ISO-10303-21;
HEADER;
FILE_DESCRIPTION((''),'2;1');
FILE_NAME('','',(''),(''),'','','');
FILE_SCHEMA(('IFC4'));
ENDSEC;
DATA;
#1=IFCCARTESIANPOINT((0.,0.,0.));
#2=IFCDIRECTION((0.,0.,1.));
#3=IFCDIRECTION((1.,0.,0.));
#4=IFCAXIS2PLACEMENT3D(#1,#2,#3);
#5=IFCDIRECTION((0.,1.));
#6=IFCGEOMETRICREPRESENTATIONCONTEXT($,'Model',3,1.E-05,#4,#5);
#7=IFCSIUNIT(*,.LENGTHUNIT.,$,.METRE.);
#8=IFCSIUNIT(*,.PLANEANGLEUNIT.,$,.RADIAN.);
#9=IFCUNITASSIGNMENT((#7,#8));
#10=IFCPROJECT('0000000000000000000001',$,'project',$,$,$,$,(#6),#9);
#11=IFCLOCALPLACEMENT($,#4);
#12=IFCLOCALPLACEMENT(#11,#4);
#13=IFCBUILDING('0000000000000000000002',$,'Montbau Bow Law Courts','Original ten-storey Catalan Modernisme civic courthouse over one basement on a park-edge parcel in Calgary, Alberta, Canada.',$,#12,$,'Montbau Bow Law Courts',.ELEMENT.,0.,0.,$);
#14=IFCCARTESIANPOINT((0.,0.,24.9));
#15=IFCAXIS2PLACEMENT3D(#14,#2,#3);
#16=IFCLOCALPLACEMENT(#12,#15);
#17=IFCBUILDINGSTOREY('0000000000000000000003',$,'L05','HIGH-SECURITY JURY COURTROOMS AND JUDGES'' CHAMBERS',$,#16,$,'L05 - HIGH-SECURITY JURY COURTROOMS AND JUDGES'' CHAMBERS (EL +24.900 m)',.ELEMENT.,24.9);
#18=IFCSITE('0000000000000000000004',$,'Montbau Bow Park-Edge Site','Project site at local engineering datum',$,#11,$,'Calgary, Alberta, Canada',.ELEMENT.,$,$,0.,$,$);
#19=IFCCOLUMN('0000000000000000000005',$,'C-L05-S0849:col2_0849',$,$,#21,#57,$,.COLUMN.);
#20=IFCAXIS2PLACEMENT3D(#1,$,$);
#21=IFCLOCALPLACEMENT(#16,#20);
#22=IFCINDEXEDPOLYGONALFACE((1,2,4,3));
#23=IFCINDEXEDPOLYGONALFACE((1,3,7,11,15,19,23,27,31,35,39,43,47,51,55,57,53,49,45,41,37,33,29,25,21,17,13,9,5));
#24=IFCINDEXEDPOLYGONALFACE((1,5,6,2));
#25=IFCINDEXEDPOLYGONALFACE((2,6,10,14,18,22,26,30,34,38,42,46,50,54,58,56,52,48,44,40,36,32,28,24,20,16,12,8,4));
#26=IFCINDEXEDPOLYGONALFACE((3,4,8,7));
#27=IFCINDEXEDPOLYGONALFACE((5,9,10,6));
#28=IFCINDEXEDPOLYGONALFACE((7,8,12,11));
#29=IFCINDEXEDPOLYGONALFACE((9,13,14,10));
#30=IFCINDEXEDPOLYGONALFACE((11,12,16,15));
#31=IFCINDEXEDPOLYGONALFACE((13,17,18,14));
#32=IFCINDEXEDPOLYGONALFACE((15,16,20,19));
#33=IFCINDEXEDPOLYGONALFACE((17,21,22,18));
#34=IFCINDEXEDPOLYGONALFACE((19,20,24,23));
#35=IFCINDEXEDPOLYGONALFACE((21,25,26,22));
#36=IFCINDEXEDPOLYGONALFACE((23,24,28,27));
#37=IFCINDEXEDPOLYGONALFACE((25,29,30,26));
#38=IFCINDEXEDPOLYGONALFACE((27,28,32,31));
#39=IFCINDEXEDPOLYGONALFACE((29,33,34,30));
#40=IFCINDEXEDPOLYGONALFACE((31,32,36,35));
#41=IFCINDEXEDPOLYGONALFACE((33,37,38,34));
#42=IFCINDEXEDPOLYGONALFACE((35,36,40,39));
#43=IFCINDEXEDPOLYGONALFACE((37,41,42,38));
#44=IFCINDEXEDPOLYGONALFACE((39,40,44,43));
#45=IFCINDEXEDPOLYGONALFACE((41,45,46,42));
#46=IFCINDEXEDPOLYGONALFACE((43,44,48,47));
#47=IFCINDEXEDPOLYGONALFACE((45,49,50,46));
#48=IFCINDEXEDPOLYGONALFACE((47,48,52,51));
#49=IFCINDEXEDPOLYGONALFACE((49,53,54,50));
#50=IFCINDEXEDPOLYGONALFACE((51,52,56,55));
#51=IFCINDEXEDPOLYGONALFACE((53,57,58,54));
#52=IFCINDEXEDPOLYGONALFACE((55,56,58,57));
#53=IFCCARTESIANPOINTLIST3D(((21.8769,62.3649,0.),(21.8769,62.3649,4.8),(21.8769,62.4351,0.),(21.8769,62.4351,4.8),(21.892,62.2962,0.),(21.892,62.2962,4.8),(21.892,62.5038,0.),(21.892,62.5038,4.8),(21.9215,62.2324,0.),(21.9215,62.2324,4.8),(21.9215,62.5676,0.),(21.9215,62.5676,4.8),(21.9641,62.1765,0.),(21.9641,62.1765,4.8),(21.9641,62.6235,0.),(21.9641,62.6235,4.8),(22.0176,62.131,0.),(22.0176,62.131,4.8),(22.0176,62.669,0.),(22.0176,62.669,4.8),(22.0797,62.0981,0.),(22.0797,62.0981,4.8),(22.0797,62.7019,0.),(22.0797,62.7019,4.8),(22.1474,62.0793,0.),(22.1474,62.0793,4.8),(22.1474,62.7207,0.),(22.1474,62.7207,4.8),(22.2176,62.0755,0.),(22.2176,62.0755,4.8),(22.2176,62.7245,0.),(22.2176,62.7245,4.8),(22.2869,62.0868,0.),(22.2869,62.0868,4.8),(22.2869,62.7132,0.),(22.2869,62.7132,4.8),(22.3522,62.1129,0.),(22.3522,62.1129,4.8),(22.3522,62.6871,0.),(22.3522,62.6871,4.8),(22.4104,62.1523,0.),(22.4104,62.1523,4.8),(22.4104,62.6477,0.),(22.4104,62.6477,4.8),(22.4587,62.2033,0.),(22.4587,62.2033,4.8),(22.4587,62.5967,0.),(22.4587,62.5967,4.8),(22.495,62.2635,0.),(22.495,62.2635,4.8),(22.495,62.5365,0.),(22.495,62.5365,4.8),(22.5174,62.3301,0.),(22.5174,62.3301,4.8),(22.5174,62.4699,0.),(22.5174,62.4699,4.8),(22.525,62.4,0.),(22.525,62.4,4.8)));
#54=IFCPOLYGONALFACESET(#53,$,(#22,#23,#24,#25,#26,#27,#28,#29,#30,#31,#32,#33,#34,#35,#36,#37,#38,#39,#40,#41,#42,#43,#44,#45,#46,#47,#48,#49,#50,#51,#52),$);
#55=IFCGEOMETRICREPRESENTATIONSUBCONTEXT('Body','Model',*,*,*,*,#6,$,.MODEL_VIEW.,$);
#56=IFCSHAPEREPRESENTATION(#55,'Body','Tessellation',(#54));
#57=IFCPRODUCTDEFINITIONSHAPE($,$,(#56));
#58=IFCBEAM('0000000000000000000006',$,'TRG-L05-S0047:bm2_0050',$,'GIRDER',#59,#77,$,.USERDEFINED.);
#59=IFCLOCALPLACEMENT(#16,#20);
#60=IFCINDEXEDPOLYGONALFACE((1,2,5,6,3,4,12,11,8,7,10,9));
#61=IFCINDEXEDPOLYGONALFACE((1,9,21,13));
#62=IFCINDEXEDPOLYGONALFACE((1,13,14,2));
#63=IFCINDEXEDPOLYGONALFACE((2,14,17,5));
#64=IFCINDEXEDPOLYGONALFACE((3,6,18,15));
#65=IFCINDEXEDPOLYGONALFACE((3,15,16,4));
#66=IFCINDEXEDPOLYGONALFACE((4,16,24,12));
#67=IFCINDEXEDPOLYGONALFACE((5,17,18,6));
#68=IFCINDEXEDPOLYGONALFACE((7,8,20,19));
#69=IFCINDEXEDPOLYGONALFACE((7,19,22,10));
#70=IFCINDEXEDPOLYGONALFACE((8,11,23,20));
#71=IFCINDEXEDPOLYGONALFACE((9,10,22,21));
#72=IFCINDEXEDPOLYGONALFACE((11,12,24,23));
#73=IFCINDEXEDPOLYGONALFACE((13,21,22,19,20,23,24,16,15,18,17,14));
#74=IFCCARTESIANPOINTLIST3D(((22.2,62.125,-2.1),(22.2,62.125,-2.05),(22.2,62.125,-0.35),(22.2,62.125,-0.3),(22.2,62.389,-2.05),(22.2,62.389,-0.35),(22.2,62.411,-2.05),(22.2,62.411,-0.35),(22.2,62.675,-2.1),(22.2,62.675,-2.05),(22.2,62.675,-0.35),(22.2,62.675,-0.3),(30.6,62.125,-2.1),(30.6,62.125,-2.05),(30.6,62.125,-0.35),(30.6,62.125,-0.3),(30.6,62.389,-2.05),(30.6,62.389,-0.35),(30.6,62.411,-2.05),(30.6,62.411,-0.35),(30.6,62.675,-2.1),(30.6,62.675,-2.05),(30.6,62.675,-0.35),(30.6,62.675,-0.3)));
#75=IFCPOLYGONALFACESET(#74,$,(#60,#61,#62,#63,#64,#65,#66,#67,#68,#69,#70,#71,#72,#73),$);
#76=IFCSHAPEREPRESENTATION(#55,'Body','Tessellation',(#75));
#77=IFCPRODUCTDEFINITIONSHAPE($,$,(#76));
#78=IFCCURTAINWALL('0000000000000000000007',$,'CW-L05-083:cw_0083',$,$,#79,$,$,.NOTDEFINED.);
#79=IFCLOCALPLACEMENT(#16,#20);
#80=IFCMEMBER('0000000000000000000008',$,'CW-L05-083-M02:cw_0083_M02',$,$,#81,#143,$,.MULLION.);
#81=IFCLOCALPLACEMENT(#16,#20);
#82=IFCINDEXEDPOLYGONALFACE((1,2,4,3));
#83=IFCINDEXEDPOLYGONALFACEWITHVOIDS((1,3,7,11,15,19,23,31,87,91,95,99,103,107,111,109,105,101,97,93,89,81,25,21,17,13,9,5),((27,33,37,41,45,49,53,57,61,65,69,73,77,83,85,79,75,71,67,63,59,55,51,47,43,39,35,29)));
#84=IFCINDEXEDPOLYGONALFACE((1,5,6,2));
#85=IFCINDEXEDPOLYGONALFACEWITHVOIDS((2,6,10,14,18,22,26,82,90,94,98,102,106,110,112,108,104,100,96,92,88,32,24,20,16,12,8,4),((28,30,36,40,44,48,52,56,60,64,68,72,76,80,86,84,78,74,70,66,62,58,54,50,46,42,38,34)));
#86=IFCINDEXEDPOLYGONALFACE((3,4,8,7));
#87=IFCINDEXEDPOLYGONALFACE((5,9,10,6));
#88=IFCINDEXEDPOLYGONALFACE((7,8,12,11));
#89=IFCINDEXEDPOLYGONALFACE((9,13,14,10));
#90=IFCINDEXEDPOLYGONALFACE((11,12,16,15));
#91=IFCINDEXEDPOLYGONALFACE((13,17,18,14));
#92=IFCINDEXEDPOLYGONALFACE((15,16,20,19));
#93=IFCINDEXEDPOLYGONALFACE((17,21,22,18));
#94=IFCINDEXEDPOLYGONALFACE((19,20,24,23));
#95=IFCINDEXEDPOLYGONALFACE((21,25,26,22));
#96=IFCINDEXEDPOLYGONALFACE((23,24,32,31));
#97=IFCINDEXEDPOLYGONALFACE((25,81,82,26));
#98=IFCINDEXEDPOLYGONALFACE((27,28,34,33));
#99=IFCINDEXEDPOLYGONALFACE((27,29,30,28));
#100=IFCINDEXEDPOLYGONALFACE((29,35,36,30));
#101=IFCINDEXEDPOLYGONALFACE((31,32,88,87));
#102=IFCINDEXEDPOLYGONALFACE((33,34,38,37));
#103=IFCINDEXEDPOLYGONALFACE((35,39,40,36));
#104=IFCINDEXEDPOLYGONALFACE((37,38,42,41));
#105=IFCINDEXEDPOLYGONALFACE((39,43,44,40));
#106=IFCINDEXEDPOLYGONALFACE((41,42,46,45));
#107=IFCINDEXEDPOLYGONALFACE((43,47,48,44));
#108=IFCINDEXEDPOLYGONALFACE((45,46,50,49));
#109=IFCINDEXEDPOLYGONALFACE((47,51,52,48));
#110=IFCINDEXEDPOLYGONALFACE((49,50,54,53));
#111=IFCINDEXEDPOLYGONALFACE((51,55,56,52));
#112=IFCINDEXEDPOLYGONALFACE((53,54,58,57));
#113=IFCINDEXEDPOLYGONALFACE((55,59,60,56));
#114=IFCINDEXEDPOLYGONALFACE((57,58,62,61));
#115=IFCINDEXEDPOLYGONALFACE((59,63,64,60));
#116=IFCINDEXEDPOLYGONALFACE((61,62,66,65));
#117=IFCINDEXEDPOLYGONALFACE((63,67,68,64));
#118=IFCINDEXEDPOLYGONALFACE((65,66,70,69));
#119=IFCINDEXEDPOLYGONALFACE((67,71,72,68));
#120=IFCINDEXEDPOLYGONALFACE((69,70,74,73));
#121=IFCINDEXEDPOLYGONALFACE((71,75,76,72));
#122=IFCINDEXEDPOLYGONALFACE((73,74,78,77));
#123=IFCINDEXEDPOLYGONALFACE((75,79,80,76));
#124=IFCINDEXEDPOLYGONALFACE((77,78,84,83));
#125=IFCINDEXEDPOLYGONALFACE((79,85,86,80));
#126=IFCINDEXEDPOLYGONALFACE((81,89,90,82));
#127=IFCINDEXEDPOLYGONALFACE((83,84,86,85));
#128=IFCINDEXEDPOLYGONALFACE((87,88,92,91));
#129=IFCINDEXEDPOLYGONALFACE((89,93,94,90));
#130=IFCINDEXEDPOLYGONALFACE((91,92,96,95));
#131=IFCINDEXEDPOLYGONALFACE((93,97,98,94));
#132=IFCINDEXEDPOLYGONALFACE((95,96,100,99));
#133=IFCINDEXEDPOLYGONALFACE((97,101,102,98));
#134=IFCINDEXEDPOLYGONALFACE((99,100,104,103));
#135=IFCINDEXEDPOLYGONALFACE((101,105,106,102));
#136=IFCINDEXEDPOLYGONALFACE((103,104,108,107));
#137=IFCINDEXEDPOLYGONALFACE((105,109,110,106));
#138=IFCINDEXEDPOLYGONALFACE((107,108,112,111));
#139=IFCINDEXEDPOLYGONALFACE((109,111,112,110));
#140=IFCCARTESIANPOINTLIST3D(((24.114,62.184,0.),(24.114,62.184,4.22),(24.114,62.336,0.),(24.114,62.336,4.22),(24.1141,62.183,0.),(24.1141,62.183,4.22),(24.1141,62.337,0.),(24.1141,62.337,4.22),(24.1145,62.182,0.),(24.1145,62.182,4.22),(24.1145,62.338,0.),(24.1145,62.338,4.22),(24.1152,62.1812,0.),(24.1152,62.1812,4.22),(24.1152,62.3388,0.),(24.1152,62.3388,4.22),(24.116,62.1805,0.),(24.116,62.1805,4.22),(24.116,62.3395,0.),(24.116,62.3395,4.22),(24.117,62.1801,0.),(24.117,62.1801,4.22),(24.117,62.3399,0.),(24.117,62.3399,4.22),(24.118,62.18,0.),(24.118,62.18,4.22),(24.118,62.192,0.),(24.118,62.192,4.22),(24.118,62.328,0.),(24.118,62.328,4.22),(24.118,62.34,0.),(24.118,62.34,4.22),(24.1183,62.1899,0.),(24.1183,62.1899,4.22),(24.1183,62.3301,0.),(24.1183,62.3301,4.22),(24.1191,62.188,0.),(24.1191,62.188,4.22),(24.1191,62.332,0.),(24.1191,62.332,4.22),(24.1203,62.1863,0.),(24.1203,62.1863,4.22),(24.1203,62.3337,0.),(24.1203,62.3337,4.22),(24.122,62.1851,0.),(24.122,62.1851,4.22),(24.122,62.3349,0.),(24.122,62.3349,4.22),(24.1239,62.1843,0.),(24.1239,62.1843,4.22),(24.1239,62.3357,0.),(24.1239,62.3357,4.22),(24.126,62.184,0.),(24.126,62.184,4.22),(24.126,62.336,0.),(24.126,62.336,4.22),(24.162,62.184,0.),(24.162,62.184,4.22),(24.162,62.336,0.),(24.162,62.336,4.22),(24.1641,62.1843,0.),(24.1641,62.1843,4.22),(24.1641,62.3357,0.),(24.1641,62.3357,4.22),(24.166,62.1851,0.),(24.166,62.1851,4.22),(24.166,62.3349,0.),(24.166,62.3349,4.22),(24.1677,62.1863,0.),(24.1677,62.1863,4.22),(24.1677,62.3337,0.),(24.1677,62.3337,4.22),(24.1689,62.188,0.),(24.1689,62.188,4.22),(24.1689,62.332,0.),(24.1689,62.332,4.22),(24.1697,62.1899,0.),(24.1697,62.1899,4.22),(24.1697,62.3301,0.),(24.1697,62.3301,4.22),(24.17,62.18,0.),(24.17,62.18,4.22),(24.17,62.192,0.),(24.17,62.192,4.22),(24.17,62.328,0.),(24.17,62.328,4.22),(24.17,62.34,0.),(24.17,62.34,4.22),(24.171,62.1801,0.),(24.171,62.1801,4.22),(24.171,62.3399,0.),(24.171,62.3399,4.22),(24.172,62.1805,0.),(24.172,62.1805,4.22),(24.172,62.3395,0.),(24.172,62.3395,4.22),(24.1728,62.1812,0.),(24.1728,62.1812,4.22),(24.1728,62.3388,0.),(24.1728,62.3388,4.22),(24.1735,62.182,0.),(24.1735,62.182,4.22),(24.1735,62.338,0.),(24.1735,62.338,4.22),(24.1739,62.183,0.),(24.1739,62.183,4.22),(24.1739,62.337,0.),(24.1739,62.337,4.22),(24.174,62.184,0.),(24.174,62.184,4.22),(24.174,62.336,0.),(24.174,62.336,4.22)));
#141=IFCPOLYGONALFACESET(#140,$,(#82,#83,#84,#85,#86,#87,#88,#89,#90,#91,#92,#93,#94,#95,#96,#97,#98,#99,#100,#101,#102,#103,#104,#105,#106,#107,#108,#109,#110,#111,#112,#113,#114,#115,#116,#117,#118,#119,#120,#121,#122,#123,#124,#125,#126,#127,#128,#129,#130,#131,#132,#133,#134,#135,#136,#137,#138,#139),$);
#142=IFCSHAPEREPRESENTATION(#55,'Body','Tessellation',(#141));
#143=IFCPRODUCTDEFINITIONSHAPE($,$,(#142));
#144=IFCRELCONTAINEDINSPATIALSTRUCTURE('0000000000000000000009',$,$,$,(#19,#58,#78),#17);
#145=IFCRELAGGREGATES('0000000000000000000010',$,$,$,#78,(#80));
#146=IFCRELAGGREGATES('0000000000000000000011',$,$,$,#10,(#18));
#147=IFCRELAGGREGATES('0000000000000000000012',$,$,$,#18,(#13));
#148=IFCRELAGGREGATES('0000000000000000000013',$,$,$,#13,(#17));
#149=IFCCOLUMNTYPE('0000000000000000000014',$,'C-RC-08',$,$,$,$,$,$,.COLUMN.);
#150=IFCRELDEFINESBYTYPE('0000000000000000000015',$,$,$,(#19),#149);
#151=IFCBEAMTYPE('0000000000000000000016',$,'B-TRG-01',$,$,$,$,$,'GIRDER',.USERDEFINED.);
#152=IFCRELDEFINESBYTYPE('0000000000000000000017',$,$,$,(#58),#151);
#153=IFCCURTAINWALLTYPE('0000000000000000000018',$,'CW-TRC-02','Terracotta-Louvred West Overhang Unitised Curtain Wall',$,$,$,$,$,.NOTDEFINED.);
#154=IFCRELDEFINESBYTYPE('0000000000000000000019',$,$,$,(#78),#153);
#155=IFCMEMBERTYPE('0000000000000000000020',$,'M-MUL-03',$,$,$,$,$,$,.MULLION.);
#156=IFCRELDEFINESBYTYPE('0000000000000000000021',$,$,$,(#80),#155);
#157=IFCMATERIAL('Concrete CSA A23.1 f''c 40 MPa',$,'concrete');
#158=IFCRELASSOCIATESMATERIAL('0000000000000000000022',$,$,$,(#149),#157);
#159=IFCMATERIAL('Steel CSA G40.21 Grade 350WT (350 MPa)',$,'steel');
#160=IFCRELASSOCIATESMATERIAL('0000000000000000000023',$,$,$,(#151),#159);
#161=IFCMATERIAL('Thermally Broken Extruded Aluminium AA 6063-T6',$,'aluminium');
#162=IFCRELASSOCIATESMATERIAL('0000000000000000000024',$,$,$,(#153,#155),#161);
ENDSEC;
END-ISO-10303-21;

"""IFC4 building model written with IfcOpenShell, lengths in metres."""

from ifc_helpers import new_model, si_unit, direction, frame, origin_with_axes, origin_2d_with_axis, place, context, subcontext, project, spatial, hollow_rectangle, circle, i_section, extrude, material, material_profile, profile_set, type_object, element, aggregate, save


model = new_model("IFC4")

# Units and contexts
model_context = context("Model", 3, precision=1e-05, world=origin_with_axes(), true_north=direction((0.0, 1.0)))
body_context = subcontext(model_context, "Body", "Model", "MODEL_VIEW")
ifc_project = project(units=[si_unit("LENGTHUNIT", "METRE"), si_unit("PLANEANGLEUNIT", "RADIAN")], contexts=[model_context])

# Site, building, storey
site_placement = place(None, origin_with_axes())
site = spatial("IfcSite", under=ifc_project, at=site_placement, Name="Montbau Bow Park-Edge Site", Description="Project site at local engineering datum", LongName="Calgary, Alberta, Canada", CompositionType="ELEMENT", RefElevation=0.0)
building_placement = place(site_placement, origin_with_axes())
building = spatial("IfcBuilding", under=site, at=building_placement, Name="Montbau Bow Law Courts", Description="Original ten-storey Catalan Modernisme civic courthouse over one basement on a park-edge parcel in Calgary, Alberta, Canada.", LongName="Montbau Bow Law Courts", CompositionType="ELEMENT", ElevationOfRefHeight=0.0, ElevationOfTerrain=0.0)
storey_placement = place(building_placement, frame((0.0, 0.0, 24.9), z_axis=(0.0, 0.0, 1.0), x_axis=(1.0, 0.0, 0.0)))
storey = spatial("IfcBuildingStorey", under=building, at=storey_placement, Name="L05", Description="HIGH-SECURITY JURY COURTROOMS AND JUDGES' CHAMBERS", LongName="L05 - HIGH-SECURITY JURY COURTROOMS AND JUDGES' CHAMBERS (EL +24.900 m)", CompositionType="ELEMENT", Elevation=24.9)

# Column
ifc_material_1 = material(Name="Concrete CSA A23.1 f'c 40 MPa", Category="concrete")
ifc_material_profile_1 = material_profile(ifc_material_1, circle(Radius=0.325, at=origin_2d_with_axis()), Name="RC650D", Category="Main", Priority=0)
ifc_profile_set_1 = profile_set([ifc_material_profile_1], Name="Concrete CSA A23.1 f'c 40 MPa")
column_type = type_object("IfcColumnType", Name="C-RC-08", PredefinedType="COLUMN", material=ifc_profile_set_1)
column_placement = place(None, frame((22.2, 62.4, 24.9), z_axis=(0.0, 0.0, 1.0), x_axis=(1.0, 0.0, 0.0)))
element("IfcColumn", 1, at=column_placement, inside=storey, type_object=column_type, Name="C-L05-S0849:col2_0849", PredefinedType="COLUMN", context=body_context, shape_type="SweptSolid", body=[
    extrude(circle(Radius=0.325, at=origin_2d_with_axis()), origin_with_axes(), (0.0, 0.0, 1.0), 4.8),
])

# Beam
ifc_material_2 = material(Name="Steel CSA G40.21 Grade 350WT (350 MPa)", Category="steel")
ifc_material_profile_2 = material_profile(ifc_material_2, i_section(OverallWidth=0.55, OverallDepth=1.8, WebThickness=0.022, FlangeThickness=0.05, at=origin_2d_with_axis()), Name="WWF1800X550", Category="Main", Priority=0)
ifc_profile_set_2 = profile_set([ifc_material_profile_2], Name="Steel CSA G40.21 Grade 350WT (350 MPa)")
beam_type = type_object("IfcBeamType", Name="B-TRG-01", ElementType="GIRDER", PredefinedType="USERDEFINED", material=ifc_profile_set_2)
beam_placement = place(None, frame((22.2, 62.4, 23.7), z_axis=(1.0, 0.0, 0.0), x_axis=(0.0, 1.0, 0.0)))
element("IfcBeam", 2, at=beam_placement, inside=storey, type_object=beam_type, Name="TRG-L05-S0047:bm2_0050", ObjectType="GIRDER", PredefinedType="USERDEFINED", context=body_context, shape_type="SweptSolid", body=[
    extrude(i_section(OverallWidth=0.55, OverallDepth=1.8, WebThickness=0.022, FlangeThickness=0.05, at=origin_2d_with_axis()), origin_with_axes(), (0.0, 0.0, 1.0), 8.4),
])

# Curtain wall, member
ifc_material_3 = material(Name="Thermally Broken Extruded Aluminium AA 6063-T6", Category="aluminium")
curtain_wall_type = type_object("IfcCurtainWallType", Name="CW-TRC-02", Description="Terracotta-Louvred West Overhang Unitised Curtain Wall", PredefinedType="NOTDEFINED", material=ifc_material_3)
curtain_wall_placement = place(None, frame((22.64, 62.26, 24.9), z_axis=(0.0, 0.0, 1.0), x_axis=(1.0, 0.0, 0.0)))
curtain_wall = element("IfcCurtainWall", 3, at=curtain_wall_placement, inside=storey, type_object=curtain_wall_type, Name="CW-L05-083:cw_0083", PredefinedType="NOTDEFINED")
ifc_material_profile_3 = material_profile(ifc_material_3, hollow_rectangle(XDim=0.06, YDim=0.16, WallThickness=0.004, InnerFilletRadius=0.008, OuterFilletRadius=0.004, at=origin_2d_with_axis()), Name="CWM-160X60", Category="Main", Priority=0)
ifc_profile_set_3 = profile_set([ifc_material_profile_3], Name="Thermally Broken Extruded Aluminium AA 6063-T6")
member_type_1 = type_object("IfcMemberType", Name="M-MUL-03", PredefinedType="MULLION", material=ifc_profile_set_3)
member_1_placement = place(None, frame((24.144, 62.26, 24.9), z_axis=(0.0, 0.0, 1.0), x_axis=(1.0, 0.0, 0.0)))
member_1 = element("IfcMember", 4, at=member_1_placement, type_object=member_type_1, Name="CW-L05-083-M02:cw_0083_M02", PredefinedType="MULLION", context=body_context, shape_type="SweptSolid", body=[
    extrude(hollow_rectangle(XDim=0.06, YDim=0.16, WallThickness=0.004, InnerFilletRadius=0.008, OuterFilletRadius=0.004, at=origin_2d_with_axis()), origin_with_axes(), (0.0, 0.0, 1.0), 4.22),
])
aggregate(curtain_wall, [member_1])

save(model, "model.ifc")
